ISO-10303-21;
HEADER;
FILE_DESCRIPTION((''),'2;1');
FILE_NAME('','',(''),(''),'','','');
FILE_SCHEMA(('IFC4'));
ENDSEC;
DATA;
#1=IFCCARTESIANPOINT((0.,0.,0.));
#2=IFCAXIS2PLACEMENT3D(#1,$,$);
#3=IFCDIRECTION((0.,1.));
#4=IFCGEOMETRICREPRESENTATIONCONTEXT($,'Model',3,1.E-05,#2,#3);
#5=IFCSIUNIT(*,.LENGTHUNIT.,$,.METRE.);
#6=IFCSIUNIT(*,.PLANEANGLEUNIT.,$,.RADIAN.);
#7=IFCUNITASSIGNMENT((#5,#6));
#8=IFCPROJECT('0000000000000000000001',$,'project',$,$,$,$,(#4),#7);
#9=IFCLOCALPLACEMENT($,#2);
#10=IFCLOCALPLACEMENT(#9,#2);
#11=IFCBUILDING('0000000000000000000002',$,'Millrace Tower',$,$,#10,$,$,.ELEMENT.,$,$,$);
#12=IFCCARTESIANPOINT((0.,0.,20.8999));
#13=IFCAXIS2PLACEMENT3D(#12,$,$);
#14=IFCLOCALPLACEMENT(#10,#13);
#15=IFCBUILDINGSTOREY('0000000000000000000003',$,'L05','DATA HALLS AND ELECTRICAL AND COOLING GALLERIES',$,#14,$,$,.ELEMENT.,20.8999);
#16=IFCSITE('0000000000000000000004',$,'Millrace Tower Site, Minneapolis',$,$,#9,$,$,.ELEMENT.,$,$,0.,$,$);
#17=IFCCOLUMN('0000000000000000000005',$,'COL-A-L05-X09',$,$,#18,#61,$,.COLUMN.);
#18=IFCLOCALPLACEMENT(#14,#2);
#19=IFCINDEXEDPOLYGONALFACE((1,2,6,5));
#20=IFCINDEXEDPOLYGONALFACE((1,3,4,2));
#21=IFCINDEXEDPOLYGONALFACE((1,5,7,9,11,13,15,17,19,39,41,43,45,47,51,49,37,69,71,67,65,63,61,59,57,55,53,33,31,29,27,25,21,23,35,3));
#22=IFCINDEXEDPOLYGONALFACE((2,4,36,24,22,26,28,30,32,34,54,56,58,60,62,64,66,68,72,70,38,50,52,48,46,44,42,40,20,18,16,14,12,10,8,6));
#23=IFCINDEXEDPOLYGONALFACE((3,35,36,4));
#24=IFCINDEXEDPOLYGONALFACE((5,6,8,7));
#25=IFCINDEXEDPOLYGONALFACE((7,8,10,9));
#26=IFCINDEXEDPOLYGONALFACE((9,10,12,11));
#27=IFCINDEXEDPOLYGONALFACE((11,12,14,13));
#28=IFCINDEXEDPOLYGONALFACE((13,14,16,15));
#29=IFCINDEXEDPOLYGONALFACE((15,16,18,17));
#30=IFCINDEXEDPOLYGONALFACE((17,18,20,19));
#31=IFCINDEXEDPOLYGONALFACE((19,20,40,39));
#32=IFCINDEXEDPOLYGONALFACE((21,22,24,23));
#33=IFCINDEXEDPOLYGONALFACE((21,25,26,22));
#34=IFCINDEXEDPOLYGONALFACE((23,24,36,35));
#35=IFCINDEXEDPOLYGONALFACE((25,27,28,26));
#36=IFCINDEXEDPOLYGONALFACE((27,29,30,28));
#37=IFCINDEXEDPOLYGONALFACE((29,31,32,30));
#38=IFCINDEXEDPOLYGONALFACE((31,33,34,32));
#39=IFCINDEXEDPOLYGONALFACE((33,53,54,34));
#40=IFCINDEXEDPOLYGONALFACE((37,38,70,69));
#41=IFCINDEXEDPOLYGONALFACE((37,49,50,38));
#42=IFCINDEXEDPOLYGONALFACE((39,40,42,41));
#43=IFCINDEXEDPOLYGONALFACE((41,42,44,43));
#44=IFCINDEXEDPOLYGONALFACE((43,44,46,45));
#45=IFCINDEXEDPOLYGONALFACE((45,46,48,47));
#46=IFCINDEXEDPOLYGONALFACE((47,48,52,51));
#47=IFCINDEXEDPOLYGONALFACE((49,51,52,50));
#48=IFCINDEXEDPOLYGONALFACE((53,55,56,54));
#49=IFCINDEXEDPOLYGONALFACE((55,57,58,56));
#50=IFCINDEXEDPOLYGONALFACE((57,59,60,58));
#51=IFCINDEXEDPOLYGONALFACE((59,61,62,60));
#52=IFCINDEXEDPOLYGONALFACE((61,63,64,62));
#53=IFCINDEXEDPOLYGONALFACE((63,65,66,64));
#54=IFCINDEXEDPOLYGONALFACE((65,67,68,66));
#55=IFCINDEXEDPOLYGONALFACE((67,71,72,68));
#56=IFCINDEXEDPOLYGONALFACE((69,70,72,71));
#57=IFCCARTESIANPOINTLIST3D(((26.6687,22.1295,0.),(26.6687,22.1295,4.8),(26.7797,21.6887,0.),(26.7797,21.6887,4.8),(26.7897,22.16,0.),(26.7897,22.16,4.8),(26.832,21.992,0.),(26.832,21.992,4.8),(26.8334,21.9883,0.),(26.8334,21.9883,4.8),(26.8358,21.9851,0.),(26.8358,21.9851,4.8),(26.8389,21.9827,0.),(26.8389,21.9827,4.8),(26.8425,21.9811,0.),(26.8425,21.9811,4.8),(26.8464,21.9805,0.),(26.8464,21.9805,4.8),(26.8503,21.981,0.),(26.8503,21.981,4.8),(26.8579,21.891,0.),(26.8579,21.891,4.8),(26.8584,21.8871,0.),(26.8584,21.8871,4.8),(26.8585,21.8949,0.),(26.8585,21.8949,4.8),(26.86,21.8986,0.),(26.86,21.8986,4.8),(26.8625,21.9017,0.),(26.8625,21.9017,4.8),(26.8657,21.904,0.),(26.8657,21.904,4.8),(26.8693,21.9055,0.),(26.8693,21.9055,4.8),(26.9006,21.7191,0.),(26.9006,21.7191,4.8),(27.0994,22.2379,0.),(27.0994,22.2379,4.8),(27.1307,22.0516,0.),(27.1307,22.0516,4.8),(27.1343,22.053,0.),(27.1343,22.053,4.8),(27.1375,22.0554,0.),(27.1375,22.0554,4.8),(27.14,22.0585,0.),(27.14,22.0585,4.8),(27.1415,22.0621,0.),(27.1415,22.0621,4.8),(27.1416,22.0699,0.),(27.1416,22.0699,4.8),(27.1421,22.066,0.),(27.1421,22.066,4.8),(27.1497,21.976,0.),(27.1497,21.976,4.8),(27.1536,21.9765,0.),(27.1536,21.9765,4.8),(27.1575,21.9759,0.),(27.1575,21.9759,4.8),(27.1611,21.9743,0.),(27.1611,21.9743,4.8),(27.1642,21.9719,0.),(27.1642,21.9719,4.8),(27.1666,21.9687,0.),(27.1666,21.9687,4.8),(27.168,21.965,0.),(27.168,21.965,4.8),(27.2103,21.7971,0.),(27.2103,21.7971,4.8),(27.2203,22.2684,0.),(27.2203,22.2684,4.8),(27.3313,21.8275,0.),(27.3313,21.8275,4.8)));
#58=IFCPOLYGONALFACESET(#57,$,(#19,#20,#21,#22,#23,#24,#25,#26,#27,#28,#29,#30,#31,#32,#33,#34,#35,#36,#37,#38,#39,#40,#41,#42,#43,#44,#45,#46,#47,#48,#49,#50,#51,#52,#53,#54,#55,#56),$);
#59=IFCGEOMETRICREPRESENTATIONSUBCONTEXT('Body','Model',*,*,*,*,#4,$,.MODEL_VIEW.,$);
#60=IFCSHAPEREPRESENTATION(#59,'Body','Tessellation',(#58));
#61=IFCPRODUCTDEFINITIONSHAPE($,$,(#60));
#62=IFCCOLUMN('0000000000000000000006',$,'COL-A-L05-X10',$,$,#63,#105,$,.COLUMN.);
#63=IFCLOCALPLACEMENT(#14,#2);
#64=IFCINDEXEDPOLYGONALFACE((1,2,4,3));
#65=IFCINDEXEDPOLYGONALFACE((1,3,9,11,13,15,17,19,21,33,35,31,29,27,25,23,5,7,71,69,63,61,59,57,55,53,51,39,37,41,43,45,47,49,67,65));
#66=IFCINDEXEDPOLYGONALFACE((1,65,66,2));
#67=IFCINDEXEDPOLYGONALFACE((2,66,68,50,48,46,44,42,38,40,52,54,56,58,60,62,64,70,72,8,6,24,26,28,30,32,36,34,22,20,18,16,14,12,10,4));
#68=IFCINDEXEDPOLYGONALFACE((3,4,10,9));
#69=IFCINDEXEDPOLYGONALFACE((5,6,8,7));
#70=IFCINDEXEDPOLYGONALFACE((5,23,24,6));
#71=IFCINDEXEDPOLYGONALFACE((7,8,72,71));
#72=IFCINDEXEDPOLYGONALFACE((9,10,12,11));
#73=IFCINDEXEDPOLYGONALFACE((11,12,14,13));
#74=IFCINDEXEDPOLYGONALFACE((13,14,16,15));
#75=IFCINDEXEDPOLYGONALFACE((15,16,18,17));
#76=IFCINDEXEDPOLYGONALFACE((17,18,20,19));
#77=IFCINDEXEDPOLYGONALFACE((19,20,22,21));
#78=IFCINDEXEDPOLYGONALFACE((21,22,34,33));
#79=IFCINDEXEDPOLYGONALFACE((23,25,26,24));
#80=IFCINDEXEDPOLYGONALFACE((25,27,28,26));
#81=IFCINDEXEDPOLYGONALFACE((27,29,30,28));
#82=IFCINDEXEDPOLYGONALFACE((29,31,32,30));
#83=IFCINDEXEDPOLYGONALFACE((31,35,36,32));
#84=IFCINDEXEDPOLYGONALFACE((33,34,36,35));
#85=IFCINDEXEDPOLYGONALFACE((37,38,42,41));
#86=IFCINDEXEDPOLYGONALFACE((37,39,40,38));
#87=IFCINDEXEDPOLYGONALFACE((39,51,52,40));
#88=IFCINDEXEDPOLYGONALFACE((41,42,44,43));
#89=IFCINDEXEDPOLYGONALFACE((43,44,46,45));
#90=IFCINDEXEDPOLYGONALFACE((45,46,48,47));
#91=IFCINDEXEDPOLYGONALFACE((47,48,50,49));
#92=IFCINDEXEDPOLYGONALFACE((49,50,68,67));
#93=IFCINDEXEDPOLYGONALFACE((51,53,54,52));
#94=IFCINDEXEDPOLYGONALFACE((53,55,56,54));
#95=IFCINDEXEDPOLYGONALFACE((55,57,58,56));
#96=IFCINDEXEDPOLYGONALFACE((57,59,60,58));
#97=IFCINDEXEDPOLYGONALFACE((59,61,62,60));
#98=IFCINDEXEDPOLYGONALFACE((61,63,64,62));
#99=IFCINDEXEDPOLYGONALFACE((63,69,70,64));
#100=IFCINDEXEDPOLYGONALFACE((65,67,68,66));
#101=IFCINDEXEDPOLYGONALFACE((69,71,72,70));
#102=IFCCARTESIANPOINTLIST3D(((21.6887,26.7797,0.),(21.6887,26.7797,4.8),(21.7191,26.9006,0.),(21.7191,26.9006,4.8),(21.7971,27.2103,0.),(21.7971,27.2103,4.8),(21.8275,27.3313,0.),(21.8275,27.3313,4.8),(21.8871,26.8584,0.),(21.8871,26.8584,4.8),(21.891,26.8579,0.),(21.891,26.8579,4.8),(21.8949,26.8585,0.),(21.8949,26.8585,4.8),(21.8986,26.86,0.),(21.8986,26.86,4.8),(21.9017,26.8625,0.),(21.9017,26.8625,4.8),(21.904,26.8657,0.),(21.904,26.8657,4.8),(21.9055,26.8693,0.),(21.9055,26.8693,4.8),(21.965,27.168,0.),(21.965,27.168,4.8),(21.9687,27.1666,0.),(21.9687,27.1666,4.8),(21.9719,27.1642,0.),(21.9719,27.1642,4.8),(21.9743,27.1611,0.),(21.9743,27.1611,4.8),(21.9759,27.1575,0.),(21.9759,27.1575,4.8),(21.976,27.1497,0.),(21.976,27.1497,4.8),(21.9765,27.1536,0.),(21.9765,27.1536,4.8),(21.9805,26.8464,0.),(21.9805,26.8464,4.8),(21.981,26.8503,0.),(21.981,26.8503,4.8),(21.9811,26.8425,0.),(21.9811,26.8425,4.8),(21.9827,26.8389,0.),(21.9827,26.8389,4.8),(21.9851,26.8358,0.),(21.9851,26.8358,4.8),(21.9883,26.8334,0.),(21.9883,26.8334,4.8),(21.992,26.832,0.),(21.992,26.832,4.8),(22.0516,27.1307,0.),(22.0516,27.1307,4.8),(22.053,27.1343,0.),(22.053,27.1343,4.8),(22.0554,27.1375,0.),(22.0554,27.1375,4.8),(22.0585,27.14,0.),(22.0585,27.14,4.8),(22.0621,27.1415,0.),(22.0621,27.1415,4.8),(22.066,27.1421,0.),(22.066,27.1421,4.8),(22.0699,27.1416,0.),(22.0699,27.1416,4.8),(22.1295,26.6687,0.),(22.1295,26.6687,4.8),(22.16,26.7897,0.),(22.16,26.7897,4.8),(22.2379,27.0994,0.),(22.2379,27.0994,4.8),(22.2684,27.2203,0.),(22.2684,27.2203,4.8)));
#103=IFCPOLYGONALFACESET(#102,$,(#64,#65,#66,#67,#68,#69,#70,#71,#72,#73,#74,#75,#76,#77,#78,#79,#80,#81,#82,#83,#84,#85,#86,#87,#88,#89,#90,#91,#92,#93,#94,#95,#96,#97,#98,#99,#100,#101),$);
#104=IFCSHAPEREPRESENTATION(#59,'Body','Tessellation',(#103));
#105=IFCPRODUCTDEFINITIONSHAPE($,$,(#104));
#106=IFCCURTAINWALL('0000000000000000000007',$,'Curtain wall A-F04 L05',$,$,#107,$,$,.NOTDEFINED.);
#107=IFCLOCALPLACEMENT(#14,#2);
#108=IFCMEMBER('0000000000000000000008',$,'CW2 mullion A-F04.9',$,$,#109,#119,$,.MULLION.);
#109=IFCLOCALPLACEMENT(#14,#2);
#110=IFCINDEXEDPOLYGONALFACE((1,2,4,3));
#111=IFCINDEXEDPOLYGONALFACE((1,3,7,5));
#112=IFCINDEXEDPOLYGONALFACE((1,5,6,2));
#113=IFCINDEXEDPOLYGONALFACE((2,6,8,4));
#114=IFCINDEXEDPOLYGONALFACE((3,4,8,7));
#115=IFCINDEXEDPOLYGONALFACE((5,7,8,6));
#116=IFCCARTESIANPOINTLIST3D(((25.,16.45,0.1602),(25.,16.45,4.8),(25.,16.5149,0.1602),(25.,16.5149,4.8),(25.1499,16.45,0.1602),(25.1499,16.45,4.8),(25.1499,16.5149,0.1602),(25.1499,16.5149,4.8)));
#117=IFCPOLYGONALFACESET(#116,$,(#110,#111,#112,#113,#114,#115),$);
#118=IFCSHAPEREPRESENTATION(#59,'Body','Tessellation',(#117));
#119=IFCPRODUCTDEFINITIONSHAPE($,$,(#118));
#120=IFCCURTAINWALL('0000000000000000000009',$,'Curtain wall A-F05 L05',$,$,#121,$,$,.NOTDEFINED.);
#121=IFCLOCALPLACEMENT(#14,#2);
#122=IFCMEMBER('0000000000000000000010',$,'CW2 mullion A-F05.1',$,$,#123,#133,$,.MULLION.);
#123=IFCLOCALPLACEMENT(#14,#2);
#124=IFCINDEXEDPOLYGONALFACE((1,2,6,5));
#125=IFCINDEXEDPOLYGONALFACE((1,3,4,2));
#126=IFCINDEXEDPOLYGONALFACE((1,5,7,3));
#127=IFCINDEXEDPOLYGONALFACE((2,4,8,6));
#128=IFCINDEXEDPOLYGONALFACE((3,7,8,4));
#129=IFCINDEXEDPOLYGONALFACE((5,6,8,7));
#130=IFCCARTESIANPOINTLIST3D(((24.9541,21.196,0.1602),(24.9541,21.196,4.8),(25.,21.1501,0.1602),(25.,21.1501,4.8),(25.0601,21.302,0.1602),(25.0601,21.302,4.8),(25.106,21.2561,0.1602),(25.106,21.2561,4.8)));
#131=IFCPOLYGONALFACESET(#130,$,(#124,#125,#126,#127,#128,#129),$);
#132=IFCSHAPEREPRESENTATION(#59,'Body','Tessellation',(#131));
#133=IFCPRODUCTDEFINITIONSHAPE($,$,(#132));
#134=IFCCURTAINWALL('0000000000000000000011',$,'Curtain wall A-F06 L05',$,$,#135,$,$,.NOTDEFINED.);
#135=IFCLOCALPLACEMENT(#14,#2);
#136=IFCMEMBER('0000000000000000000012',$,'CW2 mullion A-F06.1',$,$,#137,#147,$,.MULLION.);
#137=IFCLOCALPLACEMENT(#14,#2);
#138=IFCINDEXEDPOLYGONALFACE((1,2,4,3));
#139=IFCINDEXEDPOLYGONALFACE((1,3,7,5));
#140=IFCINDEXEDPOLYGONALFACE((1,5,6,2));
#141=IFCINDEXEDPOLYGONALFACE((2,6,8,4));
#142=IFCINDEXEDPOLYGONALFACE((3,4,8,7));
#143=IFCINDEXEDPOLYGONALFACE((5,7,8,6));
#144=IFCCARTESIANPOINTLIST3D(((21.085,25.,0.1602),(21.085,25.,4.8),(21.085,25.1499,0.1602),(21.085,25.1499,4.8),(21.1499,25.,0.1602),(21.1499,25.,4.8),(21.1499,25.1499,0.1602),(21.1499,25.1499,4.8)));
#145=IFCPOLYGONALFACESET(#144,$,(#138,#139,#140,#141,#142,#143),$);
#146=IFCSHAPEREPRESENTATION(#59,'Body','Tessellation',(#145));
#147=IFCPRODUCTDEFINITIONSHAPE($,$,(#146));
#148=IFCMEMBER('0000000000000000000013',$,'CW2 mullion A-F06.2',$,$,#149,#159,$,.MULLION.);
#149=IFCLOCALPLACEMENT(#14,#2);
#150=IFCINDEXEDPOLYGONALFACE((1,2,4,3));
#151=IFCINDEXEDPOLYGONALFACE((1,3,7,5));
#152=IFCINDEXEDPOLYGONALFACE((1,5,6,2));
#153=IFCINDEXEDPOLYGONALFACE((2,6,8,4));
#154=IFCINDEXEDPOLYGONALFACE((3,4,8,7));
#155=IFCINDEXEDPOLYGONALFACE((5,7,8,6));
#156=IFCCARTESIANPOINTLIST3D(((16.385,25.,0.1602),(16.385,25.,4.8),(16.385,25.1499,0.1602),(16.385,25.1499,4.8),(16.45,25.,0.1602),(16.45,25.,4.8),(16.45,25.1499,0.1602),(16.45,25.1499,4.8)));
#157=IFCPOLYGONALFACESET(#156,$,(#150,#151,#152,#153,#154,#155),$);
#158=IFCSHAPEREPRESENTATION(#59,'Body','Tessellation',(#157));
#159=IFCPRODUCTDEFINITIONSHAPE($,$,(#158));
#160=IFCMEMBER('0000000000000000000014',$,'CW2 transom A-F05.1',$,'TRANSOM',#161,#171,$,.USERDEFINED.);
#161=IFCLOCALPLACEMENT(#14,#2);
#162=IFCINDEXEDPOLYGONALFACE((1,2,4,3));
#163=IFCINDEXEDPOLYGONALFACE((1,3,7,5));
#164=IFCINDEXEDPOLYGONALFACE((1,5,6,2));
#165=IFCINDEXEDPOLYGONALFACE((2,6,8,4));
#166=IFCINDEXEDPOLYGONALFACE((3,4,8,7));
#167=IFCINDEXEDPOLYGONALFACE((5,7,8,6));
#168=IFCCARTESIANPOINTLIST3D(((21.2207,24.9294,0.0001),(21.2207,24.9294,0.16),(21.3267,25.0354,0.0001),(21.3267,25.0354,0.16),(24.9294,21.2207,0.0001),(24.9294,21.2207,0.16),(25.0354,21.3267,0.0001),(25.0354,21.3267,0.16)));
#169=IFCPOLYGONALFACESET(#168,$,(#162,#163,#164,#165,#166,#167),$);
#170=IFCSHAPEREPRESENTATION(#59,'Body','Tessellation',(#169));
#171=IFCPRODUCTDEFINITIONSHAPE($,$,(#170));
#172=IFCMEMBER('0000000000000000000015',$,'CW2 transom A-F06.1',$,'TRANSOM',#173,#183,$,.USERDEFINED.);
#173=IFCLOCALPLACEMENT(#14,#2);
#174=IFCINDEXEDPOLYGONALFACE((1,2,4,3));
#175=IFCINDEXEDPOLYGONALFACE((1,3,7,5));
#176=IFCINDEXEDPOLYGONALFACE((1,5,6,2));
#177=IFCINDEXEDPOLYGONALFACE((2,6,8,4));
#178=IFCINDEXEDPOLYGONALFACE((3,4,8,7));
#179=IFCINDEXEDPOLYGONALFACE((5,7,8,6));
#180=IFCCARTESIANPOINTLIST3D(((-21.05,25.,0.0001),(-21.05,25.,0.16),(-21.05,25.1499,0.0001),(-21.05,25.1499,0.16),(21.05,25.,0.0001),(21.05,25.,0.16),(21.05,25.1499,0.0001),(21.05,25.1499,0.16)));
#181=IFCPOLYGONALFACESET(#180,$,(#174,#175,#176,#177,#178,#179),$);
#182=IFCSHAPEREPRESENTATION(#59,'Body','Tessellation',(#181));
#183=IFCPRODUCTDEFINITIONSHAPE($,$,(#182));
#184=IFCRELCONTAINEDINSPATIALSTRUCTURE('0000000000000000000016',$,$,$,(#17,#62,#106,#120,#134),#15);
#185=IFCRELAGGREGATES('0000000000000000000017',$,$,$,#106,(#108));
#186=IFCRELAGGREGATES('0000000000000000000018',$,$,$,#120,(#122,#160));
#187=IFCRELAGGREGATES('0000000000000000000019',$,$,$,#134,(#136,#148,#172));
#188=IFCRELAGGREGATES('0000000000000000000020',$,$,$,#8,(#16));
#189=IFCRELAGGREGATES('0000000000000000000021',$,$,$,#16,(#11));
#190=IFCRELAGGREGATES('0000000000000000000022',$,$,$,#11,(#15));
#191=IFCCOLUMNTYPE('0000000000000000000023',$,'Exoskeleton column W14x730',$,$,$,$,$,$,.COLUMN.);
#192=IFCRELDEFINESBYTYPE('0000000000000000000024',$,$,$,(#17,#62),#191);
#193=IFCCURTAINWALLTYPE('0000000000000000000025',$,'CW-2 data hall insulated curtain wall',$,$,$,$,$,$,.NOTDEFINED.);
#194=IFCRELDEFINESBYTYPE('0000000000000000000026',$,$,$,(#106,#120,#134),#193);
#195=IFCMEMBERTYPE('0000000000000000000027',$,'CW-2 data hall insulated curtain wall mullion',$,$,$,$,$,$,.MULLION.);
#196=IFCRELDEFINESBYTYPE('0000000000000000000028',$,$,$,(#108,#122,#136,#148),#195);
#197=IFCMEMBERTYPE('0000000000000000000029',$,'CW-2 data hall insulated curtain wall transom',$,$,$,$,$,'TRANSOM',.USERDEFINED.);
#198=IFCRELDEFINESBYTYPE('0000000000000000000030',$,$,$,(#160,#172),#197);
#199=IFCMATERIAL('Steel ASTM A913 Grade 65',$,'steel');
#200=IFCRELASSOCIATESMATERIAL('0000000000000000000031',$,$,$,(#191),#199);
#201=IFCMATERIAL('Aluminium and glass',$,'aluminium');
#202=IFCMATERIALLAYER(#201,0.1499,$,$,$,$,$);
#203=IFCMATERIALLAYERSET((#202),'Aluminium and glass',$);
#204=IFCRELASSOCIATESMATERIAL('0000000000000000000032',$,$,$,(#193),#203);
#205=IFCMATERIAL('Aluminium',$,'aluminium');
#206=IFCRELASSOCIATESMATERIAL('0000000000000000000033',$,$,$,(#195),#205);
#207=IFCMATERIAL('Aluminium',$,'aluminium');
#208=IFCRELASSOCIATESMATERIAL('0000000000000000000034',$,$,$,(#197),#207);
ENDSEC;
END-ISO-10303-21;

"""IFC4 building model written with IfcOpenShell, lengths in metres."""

from ifc_helpers import new_model, si_unit, direction, frame, origin, origin_2d, place, context, subcontext, project, spatial, rectangle, i_section, extrude, material, layer, layer_set, material_profile, profile_set, type_object, element, aggregate, save


model = new_model("IFC4")

# Units and contexts
model_context = context("Model", 3, precision=1e-05, world=origin(), true_north=direction((0.0, 1.0)))
body_context = subcontext(model_context, "Body", "Model", "MODEL_VIEW")
ifc_project = project(units=[si_unit("LENGTHUNIT", "METRE"), si_unit("PLANEANGLEUNIT", "RADIAN")], contexts=[model_context])

# Site, building, storey
site_placement = place(None, origin())
site = spatial("IfcSite", under=ifc_project, at=site_placement, Name="Millrace Tower Site, Minneapolis", CompositionType="ELEMENT", RefElevation=0.0)
building_placement = place(site_placement, origin())
building = spatial("IfcBuilding", under=site, at=building_placement, Name="Millrace Tower", CompositionType="ELEMENT")
storey_placement = place(building_placement, frame((0.0, 0.0, 20.8999)))
storey = spatial("IfcBuildingStorey", under=building, at=storey_placement, Name="L05", Description="DATA HALLS AND ELECTRICAL AND COOLING GALLERIES", CompositionType="ELEMENT", Elevation=20.8999)

# Columns
ifc_material_1 = material(Name="Steel ASTM A913 Grade 65", Category="steel")
ifc_material_profile_1 = material_profile(ifc_material_1, i_section(OverallWidth=0.4546, OverallDepth=0.5688, WebThickness=0.0779, FlangeThickness=0.1248, FilletRadius=0.0151, at=origin_2d()))
ifc_profile_set_1 = profile_set([ifc_material_profile_1], Name="Steel ASTM A913 Grade 65")
column_type = type_object("IfcColumnType", Name="Exoskeleton column W14x730", PredefinedType="COLUMN", material=ifc_profile_set_1)
for number, where, z_axis, x_axis, name in (
    (1, (27.0, 21.9785, 0.0), (0.0, 0.0, 1.0), (-0.244094, 0.969752, 0.0), "COL-A-L05-X09"),
    (2, (21.9785, 27.0, 0.0), (0.0, 0.0, 1.0), (-0.969752, 0.244094, 0.0), "COL-A-L05-X10"),
):
    element("IfcColumn", number, at=place(storey_placement, frame(where, z_axis=z_axis, x_axis=x_axis)), inside=storey, type_object=column_type, Name=name, PredefinedType="COLUMN", context=body_context, shape_type="SweptSolid", body=[
        extrude(i_section(OverallWidth=0.4546, OverallDepth=0.5688, WebThickness=0.0779, FlangeThickness=0.1248, FilletRadius=0.0151, at=origin_2d()), origin(), (0.0, 0.0, 1.0), 4.8),
    ])

# Curtain walls, members
ifc_material_2 = material(Name="Aluminium and glass", Category="aluminium")
ifc_layer_1 = layer(ifc_material_2, 0.1499)
ifc_layer_set_1 = layer_set([ifc_layer_1], Name="Aluminium and glass")
curtain_wall_type = type_object("IfcCurtainWallType", Name="CW-2 data hall insulated curtain wall", PredefinedType="NOTDEFINED", material=ifc_layer_set_1)
placement = place(storey_placement, origin())
curtain_wall_1 = element("IfcCurtainWall", 3, at=placement, inside=storey, type_object=curtain_wall_type, Name="Curtain wall A-F04 L05", PredefinedType="NOTDEFINED")
ifc_material_3 = material(Name="Aluminium", Category="aluminium")
ifc_material_profile_2 = material_profile(ifc_material_3, rectangle(XDim=0.0649, YDim=0.1499, at=origin_2d()))
ifc_profile_set_2 = profile_set([ifc_material_profile_2], Name="Aluminium")
member_type_1 = type_object("IfcMemberType", Name="CW-2 data hall insulated curtain wall mullion", PredefinedType="MULLION", material=ifc_profile_set_2)
member_1_placement = place(storey_placement, frame((25.075, 16.4824, 0.1602), z_axis=(0.0, 0.0, 1.0), x_axis=(0.0, 1.0, 0.0)))
member_1 = element("IfcMember", 4, at=member_1_placement, type_object=member_type_1, Name="CW2 mullion A-F04.9", PredefinedType="MULLION", context=body_context, shape_type="SweptSolid", body=[
    extrude(rectangle(XDim=0.0649, YDim=0.1499, at=origin_2d()), origin(), (0.0, 0.0, 1.0), 4.6399),
])
aggregate(curtain_wall_1, [member_1])
curtain_wall_2 = element("IfcCurtainWall", 5, at=placement, inside=storey, type_object=curtain_wall_type, Name="Curtain wall A-F05 L05", PredefinedType="NOTDEFINED")
member_2_placement = place(storey_placement, frame((25.03, 21.2261, 0.1602), z_axis=(0.0, 0.0, 1.0), x_axis=(-0.707107, 0.707107, 0.0)))
member_2 = element("IfcMember", 6, at=member_2_placement, type_object=member_type_1, Name="CW2 mullion A-F05.1", PredefinedType="MULLION", context=body_context, shape_type="SweptSolid", body=[
    extrude(rectangle(XDim=0.0649, YDim=0.1499, at=origin_2d()), origin(), (0.0, 0.0, 1.0), 4.6399),
])

# Curtain wall, members
curtain_wall_3 = element("IfcCurtainWall", 7, at=placement, inside=storey, type_object=curtain_wall_type, Name="Curtain wall A-F06 L05", PredefinedType="NOTDEFINED")
member_3_placement = place(storey_placement, frame((21.1174, 25.075, 0.1602), z_axis=(0.0, 0.0, 1.0), x_axis=(-1.0, 0.0, 0.0)))
member_3 = element("IfcMember", 8, at=member_3_placement, type_object=member_type_1, Name="CW2 mullion A-F06.1", PredefinedType="MULLION", context=body_context, shape_type="SweptSolid", body=[
    extrude(rectangle(XDim=0.0649, YDim=0.1499, at=origin_2d()), origin(), (0.0, 0.0, 1.0), 4.6399),
])
member_4_placement = place(storey_placement, frame((16.4175, 25.075, 0.1602), z_axis=(0.0, 0.0, 1.0), x_axis=(-1.0, 0.0, 0.0)))
member_4 = element("IfcMember", 9, at=member_4_placement, type_object=member_type_1, Name="CW2 mullion A-F06.2", PredefinedType="MULLION", context=body_context, shape_type="SweptSolid", body=[
    extrude(rectangle(XDim=0.0649, YDim=0.1499, at=origin_2d()), origin(), (0.0, 0.0, 1.0), 4.6399),
])

# Members
ifc_material_4 = material(Name="Aluminium", Category="aluminium")
ifc_material_profile_3 = material_profile(ifc_material_4, rectangle(XDim=0.1499, YDim=0.1599, at=origin_2d()))
ifc_profile_set_3 = profile_set([ifc_material_profile_3], Name="Aluminium")
member_type_2 = type_object("IfcMemberType", Name="CW-2 data hall insulated curtain wall transom", ElementType="TRANSOM", PredefinedType="USERDEFINED", material=ifc_profile_set_3)
member_5_placement = place(storey_placement, frame((24.9824, 21.2737, 0.0801), z_axis=(-0.707107, 0.707107, 0.0), x_axis=(-0.707107, -0.707107, 0.0)))
member_5 = element("IfcMember", 10, at=member_5_placement, type_object=member_type_2, Name="CW2 transom A-F05.1", ObjectType="TRANSOM", PredefinedType="USERDEFINED", context=body_context, shape_type="SweptSolid", body=[
    extrude(rectangle(XDim=0.1499, YDim=0.1599, at=origin_2d()), origin(), (0.0, 0.0, 1.0), 5.2449),
])
aggregate(curtain_wall_2, [member_2, member_5])
member_6_placement = place(storey_placement, frame((21.05, 25.075, 0.0801), z_axis=(-1.0, 0.0, 0.0), x_axis=(0.0, -1.0, 0.0)))
member_6 = element("IfcMember", 11, at=member_6_placement, type_object=member_type_2, Name="CW2 transom A-F06.1", ObjectType="TRANSOM", PredefinedType="USERDEFINED", context=body_context, shape_type="SweptSolid", body=[
    extrude(rectangle(XDim=0.1499, YDim=0.1599, at=origin_2d()), origin(), (0.0, 0.0, 1.0), 42.1001),
])
aggregate(curtain_wall_3, [member_3, member_4, member_6])

save(model, "model.ifc")
